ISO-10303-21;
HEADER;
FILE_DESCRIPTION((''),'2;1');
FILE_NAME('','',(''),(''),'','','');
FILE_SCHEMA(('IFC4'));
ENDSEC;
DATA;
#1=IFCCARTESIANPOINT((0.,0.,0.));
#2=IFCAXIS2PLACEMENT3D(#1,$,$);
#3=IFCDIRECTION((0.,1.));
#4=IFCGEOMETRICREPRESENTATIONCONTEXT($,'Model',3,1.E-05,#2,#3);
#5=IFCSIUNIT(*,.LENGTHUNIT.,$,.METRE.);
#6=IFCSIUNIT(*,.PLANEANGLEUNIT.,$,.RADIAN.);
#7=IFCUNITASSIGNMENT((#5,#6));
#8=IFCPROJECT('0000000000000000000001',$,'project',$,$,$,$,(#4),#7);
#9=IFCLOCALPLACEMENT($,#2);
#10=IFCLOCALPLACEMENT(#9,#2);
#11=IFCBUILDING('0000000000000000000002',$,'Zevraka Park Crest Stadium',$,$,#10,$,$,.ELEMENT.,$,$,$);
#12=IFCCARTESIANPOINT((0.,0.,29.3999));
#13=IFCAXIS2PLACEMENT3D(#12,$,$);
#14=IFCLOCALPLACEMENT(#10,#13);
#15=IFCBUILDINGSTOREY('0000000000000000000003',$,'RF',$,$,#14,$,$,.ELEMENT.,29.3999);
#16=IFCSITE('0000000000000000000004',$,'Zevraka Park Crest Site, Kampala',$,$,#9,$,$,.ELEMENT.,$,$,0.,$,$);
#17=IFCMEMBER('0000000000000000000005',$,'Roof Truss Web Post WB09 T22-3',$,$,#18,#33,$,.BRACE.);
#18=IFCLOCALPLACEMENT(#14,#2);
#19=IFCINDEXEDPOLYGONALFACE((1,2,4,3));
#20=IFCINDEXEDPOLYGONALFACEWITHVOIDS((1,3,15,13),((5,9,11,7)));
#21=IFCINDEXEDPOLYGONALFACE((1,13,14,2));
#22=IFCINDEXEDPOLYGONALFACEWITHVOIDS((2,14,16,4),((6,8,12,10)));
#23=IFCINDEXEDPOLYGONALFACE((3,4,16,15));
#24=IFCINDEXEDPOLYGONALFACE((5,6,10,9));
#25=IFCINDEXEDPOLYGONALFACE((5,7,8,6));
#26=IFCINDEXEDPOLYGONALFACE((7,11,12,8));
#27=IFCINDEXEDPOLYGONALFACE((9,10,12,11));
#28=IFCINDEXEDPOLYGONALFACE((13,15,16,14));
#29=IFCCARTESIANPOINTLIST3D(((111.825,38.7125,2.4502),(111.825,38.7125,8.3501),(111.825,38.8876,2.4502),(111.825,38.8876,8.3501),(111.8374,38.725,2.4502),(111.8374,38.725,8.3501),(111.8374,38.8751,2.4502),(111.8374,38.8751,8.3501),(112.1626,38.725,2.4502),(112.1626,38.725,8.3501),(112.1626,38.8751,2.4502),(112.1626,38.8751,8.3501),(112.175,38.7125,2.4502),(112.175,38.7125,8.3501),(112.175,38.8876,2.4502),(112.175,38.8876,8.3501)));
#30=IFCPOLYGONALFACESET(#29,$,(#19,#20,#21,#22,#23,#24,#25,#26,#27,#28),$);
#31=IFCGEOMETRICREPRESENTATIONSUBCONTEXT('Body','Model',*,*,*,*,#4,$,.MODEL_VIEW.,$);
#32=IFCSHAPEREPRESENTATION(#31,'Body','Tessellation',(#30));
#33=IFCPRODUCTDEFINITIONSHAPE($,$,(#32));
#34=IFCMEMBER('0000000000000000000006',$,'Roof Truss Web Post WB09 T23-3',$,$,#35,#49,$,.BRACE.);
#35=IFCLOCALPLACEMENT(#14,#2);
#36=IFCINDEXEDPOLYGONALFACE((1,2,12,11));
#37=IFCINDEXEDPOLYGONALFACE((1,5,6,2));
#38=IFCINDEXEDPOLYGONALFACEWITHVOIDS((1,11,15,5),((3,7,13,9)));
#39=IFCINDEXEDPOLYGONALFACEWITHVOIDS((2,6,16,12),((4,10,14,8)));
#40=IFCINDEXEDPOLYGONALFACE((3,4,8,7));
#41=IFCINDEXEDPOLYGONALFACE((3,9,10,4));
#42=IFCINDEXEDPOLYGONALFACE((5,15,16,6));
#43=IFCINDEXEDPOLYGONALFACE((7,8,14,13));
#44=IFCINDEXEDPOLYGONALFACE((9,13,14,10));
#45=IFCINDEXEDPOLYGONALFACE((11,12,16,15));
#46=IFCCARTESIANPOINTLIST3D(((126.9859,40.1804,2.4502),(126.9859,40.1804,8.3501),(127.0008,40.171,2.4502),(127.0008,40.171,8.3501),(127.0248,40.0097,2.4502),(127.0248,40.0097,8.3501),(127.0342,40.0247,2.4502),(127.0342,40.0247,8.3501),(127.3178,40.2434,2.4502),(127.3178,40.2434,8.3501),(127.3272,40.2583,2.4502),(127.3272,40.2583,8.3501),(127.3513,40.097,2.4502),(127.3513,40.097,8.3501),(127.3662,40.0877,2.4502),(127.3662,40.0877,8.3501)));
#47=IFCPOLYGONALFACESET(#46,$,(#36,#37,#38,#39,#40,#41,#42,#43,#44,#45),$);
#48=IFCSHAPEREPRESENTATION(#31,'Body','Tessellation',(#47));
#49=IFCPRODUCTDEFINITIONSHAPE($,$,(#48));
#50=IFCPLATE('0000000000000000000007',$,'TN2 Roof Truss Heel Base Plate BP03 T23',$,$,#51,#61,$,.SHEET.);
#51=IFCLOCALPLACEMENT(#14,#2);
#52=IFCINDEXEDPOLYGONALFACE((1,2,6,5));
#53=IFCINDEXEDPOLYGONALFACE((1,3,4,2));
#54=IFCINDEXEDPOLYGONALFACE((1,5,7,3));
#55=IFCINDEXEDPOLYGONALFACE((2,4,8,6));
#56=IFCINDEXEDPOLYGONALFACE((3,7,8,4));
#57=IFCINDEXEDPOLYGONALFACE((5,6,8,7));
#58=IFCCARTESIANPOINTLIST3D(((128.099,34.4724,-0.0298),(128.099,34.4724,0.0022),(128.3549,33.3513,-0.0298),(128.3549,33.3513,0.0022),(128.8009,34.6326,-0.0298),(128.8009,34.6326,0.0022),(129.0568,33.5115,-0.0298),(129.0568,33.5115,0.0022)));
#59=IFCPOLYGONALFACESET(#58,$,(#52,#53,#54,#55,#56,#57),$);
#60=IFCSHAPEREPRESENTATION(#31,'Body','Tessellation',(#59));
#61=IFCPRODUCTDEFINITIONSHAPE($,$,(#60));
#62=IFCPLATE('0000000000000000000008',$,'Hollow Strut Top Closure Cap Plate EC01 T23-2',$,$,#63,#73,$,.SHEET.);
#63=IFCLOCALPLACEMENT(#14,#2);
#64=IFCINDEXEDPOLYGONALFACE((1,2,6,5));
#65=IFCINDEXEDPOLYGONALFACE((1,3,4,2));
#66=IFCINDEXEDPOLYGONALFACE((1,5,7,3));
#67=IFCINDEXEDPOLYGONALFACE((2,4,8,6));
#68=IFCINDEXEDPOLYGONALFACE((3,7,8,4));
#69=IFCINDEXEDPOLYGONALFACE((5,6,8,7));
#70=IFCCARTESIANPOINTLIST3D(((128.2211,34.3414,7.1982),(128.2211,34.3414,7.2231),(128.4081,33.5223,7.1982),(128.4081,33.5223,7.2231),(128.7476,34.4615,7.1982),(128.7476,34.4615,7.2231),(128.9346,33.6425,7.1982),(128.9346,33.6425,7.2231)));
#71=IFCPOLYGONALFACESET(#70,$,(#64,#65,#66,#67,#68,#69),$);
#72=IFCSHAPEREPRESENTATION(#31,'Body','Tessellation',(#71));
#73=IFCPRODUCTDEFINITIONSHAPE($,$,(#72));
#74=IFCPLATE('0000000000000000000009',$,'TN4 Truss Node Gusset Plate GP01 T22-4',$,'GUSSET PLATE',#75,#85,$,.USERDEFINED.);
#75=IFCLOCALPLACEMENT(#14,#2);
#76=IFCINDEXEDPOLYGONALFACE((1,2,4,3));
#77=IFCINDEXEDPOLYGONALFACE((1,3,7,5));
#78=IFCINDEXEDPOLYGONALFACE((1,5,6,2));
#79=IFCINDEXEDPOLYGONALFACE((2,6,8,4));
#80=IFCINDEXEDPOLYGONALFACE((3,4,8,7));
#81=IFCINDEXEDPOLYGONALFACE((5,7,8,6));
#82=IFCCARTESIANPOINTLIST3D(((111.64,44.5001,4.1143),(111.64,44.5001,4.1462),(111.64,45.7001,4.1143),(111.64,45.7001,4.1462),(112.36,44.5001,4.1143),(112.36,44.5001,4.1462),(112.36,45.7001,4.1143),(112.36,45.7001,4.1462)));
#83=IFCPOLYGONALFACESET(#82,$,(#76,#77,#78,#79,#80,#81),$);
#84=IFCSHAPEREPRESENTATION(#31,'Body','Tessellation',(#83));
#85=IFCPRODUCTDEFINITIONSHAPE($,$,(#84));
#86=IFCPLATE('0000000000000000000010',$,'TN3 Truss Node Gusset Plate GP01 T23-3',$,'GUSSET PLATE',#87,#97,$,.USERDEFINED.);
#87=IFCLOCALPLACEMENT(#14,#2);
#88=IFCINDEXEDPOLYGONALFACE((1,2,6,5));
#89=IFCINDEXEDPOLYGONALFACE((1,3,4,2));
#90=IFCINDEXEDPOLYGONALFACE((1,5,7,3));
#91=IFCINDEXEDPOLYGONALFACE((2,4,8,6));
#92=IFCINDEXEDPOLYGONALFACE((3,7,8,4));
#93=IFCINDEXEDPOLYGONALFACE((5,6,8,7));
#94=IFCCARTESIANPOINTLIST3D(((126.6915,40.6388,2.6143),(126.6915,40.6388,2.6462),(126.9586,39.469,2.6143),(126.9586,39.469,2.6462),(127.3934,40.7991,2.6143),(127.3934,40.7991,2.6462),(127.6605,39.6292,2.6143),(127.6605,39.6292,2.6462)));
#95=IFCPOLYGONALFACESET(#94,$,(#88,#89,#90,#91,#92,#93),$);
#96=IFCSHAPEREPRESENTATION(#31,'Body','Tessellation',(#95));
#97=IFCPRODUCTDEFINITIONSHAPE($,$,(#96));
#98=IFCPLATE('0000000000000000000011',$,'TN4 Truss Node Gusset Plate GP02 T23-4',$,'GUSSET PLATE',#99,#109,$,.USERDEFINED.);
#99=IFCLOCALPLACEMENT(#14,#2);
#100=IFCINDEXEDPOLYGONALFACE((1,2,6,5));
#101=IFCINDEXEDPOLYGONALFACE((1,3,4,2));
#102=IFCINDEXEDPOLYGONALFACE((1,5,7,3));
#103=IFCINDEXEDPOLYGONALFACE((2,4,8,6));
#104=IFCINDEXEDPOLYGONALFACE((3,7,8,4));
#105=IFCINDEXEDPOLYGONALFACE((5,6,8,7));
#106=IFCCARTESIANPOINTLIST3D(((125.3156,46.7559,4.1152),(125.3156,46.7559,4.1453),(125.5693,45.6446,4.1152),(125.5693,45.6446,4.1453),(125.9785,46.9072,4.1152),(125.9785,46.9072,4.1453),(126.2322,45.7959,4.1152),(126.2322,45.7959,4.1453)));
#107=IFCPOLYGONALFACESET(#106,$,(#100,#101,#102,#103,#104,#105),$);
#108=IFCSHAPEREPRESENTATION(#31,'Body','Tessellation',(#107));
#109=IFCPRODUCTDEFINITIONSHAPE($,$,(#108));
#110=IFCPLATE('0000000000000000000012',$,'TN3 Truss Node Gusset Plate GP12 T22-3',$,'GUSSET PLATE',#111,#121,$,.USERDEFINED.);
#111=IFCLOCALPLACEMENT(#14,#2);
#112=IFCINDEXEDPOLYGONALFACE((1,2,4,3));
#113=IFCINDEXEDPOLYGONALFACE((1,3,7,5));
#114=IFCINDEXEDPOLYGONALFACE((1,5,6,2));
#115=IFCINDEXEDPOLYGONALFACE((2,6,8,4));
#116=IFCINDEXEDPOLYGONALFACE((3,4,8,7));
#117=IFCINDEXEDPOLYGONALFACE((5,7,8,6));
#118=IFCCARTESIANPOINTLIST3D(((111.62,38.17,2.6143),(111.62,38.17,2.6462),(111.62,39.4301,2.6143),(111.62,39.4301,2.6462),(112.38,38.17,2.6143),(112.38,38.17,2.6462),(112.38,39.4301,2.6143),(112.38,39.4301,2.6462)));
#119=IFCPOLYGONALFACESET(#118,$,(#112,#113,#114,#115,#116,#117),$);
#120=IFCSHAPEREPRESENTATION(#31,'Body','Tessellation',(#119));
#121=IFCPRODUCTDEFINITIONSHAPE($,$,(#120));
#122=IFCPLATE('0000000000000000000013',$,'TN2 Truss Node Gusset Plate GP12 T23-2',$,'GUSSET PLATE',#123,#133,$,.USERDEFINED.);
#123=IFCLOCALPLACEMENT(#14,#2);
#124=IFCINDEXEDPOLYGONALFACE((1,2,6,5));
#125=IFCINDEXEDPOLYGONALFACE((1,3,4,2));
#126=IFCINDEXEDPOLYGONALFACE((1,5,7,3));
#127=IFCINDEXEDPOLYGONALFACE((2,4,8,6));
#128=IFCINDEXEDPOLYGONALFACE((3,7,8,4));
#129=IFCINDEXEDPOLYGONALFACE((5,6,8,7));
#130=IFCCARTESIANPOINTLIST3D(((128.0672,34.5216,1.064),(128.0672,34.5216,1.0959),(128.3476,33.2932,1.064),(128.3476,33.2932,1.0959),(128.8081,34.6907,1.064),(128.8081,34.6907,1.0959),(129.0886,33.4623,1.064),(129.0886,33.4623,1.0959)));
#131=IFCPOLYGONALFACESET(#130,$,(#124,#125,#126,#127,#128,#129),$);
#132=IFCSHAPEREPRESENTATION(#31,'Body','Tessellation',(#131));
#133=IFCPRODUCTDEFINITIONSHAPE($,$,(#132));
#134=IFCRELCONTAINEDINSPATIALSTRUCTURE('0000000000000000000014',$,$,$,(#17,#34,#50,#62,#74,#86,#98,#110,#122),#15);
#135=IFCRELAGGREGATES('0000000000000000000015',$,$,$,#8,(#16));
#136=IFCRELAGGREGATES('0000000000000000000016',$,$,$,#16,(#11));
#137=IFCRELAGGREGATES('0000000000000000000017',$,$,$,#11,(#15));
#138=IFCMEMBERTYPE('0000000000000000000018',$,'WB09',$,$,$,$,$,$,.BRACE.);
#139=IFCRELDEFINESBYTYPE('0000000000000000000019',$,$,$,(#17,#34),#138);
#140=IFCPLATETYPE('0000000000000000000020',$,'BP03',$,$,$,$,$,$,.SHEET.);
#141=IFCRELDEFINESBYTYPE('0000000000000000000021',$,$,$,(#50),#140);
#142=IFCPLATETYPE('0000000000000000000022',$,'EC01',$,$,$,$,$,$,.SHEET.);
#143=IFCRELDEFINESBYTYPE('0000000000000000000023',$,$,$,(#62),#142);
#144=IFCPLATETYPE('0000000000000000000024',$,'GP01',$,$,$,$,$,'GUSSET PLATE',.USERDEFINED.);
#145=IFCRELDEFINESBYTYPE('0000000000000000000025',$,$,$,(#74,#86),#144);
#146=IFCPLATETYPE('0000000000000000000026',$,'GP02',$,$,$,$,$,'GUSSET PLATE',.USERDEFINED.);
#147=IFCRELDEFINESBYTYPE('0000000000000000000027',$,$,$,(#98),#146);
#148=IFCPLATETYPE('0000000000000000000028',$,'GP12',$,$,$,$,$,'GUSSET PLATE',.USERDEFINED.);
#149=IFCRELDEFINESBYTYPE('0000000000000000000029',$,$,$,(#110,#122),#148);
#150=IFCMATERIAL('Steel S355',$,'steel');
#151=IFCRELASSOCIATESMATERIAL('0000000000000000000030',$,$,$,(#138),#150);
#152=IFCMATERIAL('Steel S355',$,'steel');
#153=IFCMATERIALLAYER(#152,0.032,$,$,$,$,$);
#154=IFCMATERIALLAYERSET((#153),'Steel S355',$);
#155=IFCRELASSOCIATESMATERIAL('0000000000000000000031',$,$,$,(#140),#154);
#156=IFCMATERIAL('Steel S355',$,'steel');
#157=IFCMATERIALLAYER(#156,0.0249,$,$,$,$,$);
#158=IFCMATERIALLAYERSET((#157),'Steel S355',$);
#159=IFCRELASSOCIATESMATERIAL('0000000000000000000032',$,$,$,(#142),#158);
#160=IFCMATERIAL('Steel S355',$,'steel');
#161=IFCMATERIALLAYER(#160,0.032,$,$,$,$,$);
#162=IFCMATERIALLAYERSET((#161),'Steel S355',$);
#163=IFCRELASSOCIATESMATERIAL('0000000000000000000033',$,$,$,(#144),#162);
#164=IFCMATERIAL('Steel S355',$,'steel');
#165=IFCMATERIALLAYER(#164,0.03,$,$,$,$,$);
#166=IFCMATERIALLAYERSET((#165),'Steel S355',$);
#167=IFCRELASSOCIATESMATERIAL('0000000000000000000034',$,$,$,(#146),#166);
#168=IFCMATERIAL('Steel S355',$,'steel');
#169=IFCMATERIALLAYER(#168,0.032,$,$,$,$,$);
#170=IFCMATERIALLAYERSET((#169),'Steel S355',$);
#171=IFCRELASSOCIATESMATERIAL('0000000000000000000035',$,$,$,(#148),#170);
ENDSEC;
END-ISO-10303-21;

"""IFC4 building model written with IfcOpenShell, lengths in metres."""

from ifc_helpers import new_model, si_unit, direction, frame, origin, origin_2d, place, context, subcontext, project, spatial, rectangle, hollow_rectangle, extrude, material, layer, layer_set, material_profile, profile_set, type_object, element, save


model = new_model("IFC4")

# Units and contexts
model_context = context("Model", 3, precision=1e-05, world=origin(), true_north=direction((0.0, 1.0)))
body_context = subcontext(model_context, "Body", "Model", "MODEL_VIEW")
ifc_project = project(units=[si_unit("LENGTHUNIT", "METRE"), si_unit("PLANEANGLEUNIT", "RADIAN")], contexts=[model_context])

# Site, building, storey
site_placement = place(None, origin())
site = spatial("IfcSite", under=ifc_project, at=site_placement, Name="Zevraka Park Crest Site, Kampala", CompositionType="ELEMENT", RefElevation=0.0)
building_placement = place(site_placement, origin())
building = spatial("IfcBuilding", under=site, at=building_placement, Name="Zevraka Park Crest Stadium", CompositionType="ELEMENT")
storey_placement = place(building_placement, frame((0.0, 0.0, 29.3999)))
storey = spatial("IfcBuildingStorey", under=building, at=storey_placement, Name="RF", CompositionType="ELEMENT", Elevation=29.3999)

# Members
ifc_material_1 = material(Name="Steel S355", Category="steel")
ifc_material_profile_1 = material_profile(ifc_material_1, hollow_rectangle(XDim=0.175, YDim=0.3501, WallThickness=0.0125, at=origin_2d()), Name="RHS 350x175x12.5")
ifc_profile_set_1 = profile_set([ifc_material_profile_1], Name="Steel S355")
member_type_1 = type_object("IfcMemberType", Name="WB09", PredefinedType="BRACE", material=ifc_profile_set_1)
for number, where, z_axis, x_axis, name in (
    (1, (112.0, 38.8, 2.4502), (0.0, 0.0, 1.0), (0.0, 1.0, 0.0), "Roof Truss Web Post WB09 T22-3"),
    (2, (127.176, 40.134, 2.4502), (0.0, 0.0, 1.0), (-0.22257, 0.974917, 0.0), "Roof Truss Web Post WB09 T23-3"),
):
    element("IfcMember", number, at=place(storey_placement, frame(where, z_axis=z_axis, x_axis=x_axis)), inside=storey, type_object=member_type_1, Name=name, PredefinedType="BRACE", context=body_context, shape_type="SweptSolid", body=[
        extrude(hollow_rectangle(XDim=0.175, YDim=0.3501, WallThickness=0.0125, at=origin_2d()), origin(), (0.0, 0.0, 1.0), 5.8999),
    ])

# Plates
ifc_material_2 = material(Name="Steel S355", Category="steel")
ifc_layer_1 = layer(ifc_material_2, 0.032)
ifc_layer_set_1 = layer_set([ifc_layer_1], Name="Steel S355")
plate_type_1 = type_object("IfcPlateType", Name="BP03", PredefinedType="SHEET", material=ifc_layer_set_1)
plate_1_placement = place(storey_placement, frame((128.5779, 33.9919, -0.0298), z_axis=(0.0, 0.0, 1.0), x_axis=(-0.22257, 0.974917, 0.0)))
element("IfcPlate", 3, at=plate_1_placement, inside=storey, type_object=plate_type_1, Name="TN2 Roof Truss Heel Base Plate BP03 T23", PredefinedType="SHEET", context=body_context, shape_type="SweptSolid", body=[
    extrude(rectangle(XDim=1.1499, YDim=0.72, at=origin_2d()), origin(), (0.0, 0.0, 1.0), 0.032),
])
ifc_material_3 = material(Name="Steel S355", Category="steel")
ifc_layer_2 = layer(ifc_material_3, 0.0249)
ifc_layer_set_2 = layer_set([ifc_layer_2], Name="Steel S355")
plate_type_2 = type_object("IfcPlateType", Name="EC01", PredefinedType="SHEET", material=ifc_layer_set_2)
plate_2_placement = place(storey_placement, frame((128.5779, 33.9919, 7.1982), z_axis=(0.0, 0.0, 1.0), x_axis=(-0.22257, 0.974917, 0.0)))
element("IfcPlate", 4, at=plate_2_placement, inside=storey, type_object=plate_type_2, Name="Hollow Strut Top Closure Cap Plate EC01 T23-2", PredefinedType="SHEET", context=body_context, shape_type="SweptSolid", body=[
    extrude(rectangle(XDim=0.8401, YDim=0.54, at=origin_2d()), origin(), (0.0, 0.0, 1.0), 0.0249),
])
ifc_material_4 = material(Name="Steel S355", Category="steel")
ifc_layer_3 = layer(ifc_material_4, 0.032)
ifc_layer_set_3 = layer_set([ifc_layer_3], Name="Steel S355")
plate_type_3 = type_object("IfcPlateType", Name="GP01", ElementType="GUSSET PLATE", PredefinedType="USERDEFINED", material=ifc_layer_set_3)
for number, where, z_axis, x_axis, name in (
    (5, (112.0, 45.1001, 4.1143), (0.0, 0.0, 1.0), (0.0, 1.0, 0.0), "TN4 Truss Node Gusset Plate GP01 T22-4"),
    (6, (127.176, 40.134, 2.6143), (0.0, 0.0, 1.0), (-0.22257, 0.974917, 0.0), "TN3 Truss Node Gusset Plate GP01 T23-3"),
):
    element("IfcPlate", number, at=place(storey_placement, frame(where, z_axis=z_axis, x_axis=x_axis)), inside=storey, type_object=plate_type_3, Name=name, ObjectType="GUSSET PLATE", PredefinedType="USERDEFINED", context=body_context, shape_type="SweptSolid", body=[
        extrude(rectangle(XDim=1.2, YDim=0.72, at=origin_2d()), origin(), (0.0, 0.0, 1.0), 0.032),
    ])
ifc_material_5 = material(Name="Steel S355", Category="steel")
ifc_layer_4 = layer(ifc_material_5, 0.03)
ifc_layer_set_4 = layer_set([ifc_layer_4], Name="Steel S355")
plate_type_4 = type_object("IfcPlateType", Name="GP02", ElementType="GUSSET PLATE", PredefinedType="USERDEFINED", material=ifc_layer_set_4)
plate_3_placement = place(storey_placement, frame((125.7739, 46.2759, 4.1152), z_axis=(0.0, 0.0, 1.0), x_axis=(-0.22257, 0.974917, 0.0)))
element("IfcPlate", 7, at=plate_3_placement, inside=storey, type_object=plate_type_4, Name="TN4 Truss Node Gusset Plate GP02 T23-4", ObjectType="GUSSET PLATE", PredefinedType="USERDEFINED", context=body_context, shape_type="SweptSolid", body=[
    extrude(rectangle(XDim=1.1399, YDim=0.6799, at=origin_2d()), origin(), (0.0, 0.0, 1.0), 0.03),
])
ifc_material_6 = material(Name="Steel S355", Category="steel")
ifc_layer_5 = layer(ifc_material_6, 0.032)
ifc_layer_set_5 = layer_set([ifc_layer_5], Name="Steel S355")
plate_type_5 = type_object("IfcPlateType", Name="GP12", ElementType="GUSSET PLATE", PredefinedType="USERDEFINED", material=ifc_layer_set_5)
for number, where, z_axis, x_axis, name in (
    (8, (112.0, 38.8, 2.6143), (0.0, 0.0, 1.0), (0.0, 1.0, 0.0), "TN3 Truss Node Gusset Plate GP12 T22-3"),
    (9, (128.5779, 33.9919, 1.064), (0.0, 0.0, 1.0), (-0.22257, 0.974917, 0.0), "TN2 Truss Node Gusset Plate GP12 T23-2"),
):
    element("IfcPlate", number, at=place(storey_placement, frame(where, z_axis=z_axis, x_axis=x_axis)), inside=storey, type_object=plate_type_5, Name=name, ObjectType="GUSSET PLATE", PredefinedType="USERDEFINED", context=body_context, shape_type="SweptSolid", body=[
        extrude(rectangle(XDim=1.26, YDim=0.76, at=origin_2d()), origin(), (0.0, 0.0, 1.0), 0.032),
    ])

save(model, "model.ifc")
